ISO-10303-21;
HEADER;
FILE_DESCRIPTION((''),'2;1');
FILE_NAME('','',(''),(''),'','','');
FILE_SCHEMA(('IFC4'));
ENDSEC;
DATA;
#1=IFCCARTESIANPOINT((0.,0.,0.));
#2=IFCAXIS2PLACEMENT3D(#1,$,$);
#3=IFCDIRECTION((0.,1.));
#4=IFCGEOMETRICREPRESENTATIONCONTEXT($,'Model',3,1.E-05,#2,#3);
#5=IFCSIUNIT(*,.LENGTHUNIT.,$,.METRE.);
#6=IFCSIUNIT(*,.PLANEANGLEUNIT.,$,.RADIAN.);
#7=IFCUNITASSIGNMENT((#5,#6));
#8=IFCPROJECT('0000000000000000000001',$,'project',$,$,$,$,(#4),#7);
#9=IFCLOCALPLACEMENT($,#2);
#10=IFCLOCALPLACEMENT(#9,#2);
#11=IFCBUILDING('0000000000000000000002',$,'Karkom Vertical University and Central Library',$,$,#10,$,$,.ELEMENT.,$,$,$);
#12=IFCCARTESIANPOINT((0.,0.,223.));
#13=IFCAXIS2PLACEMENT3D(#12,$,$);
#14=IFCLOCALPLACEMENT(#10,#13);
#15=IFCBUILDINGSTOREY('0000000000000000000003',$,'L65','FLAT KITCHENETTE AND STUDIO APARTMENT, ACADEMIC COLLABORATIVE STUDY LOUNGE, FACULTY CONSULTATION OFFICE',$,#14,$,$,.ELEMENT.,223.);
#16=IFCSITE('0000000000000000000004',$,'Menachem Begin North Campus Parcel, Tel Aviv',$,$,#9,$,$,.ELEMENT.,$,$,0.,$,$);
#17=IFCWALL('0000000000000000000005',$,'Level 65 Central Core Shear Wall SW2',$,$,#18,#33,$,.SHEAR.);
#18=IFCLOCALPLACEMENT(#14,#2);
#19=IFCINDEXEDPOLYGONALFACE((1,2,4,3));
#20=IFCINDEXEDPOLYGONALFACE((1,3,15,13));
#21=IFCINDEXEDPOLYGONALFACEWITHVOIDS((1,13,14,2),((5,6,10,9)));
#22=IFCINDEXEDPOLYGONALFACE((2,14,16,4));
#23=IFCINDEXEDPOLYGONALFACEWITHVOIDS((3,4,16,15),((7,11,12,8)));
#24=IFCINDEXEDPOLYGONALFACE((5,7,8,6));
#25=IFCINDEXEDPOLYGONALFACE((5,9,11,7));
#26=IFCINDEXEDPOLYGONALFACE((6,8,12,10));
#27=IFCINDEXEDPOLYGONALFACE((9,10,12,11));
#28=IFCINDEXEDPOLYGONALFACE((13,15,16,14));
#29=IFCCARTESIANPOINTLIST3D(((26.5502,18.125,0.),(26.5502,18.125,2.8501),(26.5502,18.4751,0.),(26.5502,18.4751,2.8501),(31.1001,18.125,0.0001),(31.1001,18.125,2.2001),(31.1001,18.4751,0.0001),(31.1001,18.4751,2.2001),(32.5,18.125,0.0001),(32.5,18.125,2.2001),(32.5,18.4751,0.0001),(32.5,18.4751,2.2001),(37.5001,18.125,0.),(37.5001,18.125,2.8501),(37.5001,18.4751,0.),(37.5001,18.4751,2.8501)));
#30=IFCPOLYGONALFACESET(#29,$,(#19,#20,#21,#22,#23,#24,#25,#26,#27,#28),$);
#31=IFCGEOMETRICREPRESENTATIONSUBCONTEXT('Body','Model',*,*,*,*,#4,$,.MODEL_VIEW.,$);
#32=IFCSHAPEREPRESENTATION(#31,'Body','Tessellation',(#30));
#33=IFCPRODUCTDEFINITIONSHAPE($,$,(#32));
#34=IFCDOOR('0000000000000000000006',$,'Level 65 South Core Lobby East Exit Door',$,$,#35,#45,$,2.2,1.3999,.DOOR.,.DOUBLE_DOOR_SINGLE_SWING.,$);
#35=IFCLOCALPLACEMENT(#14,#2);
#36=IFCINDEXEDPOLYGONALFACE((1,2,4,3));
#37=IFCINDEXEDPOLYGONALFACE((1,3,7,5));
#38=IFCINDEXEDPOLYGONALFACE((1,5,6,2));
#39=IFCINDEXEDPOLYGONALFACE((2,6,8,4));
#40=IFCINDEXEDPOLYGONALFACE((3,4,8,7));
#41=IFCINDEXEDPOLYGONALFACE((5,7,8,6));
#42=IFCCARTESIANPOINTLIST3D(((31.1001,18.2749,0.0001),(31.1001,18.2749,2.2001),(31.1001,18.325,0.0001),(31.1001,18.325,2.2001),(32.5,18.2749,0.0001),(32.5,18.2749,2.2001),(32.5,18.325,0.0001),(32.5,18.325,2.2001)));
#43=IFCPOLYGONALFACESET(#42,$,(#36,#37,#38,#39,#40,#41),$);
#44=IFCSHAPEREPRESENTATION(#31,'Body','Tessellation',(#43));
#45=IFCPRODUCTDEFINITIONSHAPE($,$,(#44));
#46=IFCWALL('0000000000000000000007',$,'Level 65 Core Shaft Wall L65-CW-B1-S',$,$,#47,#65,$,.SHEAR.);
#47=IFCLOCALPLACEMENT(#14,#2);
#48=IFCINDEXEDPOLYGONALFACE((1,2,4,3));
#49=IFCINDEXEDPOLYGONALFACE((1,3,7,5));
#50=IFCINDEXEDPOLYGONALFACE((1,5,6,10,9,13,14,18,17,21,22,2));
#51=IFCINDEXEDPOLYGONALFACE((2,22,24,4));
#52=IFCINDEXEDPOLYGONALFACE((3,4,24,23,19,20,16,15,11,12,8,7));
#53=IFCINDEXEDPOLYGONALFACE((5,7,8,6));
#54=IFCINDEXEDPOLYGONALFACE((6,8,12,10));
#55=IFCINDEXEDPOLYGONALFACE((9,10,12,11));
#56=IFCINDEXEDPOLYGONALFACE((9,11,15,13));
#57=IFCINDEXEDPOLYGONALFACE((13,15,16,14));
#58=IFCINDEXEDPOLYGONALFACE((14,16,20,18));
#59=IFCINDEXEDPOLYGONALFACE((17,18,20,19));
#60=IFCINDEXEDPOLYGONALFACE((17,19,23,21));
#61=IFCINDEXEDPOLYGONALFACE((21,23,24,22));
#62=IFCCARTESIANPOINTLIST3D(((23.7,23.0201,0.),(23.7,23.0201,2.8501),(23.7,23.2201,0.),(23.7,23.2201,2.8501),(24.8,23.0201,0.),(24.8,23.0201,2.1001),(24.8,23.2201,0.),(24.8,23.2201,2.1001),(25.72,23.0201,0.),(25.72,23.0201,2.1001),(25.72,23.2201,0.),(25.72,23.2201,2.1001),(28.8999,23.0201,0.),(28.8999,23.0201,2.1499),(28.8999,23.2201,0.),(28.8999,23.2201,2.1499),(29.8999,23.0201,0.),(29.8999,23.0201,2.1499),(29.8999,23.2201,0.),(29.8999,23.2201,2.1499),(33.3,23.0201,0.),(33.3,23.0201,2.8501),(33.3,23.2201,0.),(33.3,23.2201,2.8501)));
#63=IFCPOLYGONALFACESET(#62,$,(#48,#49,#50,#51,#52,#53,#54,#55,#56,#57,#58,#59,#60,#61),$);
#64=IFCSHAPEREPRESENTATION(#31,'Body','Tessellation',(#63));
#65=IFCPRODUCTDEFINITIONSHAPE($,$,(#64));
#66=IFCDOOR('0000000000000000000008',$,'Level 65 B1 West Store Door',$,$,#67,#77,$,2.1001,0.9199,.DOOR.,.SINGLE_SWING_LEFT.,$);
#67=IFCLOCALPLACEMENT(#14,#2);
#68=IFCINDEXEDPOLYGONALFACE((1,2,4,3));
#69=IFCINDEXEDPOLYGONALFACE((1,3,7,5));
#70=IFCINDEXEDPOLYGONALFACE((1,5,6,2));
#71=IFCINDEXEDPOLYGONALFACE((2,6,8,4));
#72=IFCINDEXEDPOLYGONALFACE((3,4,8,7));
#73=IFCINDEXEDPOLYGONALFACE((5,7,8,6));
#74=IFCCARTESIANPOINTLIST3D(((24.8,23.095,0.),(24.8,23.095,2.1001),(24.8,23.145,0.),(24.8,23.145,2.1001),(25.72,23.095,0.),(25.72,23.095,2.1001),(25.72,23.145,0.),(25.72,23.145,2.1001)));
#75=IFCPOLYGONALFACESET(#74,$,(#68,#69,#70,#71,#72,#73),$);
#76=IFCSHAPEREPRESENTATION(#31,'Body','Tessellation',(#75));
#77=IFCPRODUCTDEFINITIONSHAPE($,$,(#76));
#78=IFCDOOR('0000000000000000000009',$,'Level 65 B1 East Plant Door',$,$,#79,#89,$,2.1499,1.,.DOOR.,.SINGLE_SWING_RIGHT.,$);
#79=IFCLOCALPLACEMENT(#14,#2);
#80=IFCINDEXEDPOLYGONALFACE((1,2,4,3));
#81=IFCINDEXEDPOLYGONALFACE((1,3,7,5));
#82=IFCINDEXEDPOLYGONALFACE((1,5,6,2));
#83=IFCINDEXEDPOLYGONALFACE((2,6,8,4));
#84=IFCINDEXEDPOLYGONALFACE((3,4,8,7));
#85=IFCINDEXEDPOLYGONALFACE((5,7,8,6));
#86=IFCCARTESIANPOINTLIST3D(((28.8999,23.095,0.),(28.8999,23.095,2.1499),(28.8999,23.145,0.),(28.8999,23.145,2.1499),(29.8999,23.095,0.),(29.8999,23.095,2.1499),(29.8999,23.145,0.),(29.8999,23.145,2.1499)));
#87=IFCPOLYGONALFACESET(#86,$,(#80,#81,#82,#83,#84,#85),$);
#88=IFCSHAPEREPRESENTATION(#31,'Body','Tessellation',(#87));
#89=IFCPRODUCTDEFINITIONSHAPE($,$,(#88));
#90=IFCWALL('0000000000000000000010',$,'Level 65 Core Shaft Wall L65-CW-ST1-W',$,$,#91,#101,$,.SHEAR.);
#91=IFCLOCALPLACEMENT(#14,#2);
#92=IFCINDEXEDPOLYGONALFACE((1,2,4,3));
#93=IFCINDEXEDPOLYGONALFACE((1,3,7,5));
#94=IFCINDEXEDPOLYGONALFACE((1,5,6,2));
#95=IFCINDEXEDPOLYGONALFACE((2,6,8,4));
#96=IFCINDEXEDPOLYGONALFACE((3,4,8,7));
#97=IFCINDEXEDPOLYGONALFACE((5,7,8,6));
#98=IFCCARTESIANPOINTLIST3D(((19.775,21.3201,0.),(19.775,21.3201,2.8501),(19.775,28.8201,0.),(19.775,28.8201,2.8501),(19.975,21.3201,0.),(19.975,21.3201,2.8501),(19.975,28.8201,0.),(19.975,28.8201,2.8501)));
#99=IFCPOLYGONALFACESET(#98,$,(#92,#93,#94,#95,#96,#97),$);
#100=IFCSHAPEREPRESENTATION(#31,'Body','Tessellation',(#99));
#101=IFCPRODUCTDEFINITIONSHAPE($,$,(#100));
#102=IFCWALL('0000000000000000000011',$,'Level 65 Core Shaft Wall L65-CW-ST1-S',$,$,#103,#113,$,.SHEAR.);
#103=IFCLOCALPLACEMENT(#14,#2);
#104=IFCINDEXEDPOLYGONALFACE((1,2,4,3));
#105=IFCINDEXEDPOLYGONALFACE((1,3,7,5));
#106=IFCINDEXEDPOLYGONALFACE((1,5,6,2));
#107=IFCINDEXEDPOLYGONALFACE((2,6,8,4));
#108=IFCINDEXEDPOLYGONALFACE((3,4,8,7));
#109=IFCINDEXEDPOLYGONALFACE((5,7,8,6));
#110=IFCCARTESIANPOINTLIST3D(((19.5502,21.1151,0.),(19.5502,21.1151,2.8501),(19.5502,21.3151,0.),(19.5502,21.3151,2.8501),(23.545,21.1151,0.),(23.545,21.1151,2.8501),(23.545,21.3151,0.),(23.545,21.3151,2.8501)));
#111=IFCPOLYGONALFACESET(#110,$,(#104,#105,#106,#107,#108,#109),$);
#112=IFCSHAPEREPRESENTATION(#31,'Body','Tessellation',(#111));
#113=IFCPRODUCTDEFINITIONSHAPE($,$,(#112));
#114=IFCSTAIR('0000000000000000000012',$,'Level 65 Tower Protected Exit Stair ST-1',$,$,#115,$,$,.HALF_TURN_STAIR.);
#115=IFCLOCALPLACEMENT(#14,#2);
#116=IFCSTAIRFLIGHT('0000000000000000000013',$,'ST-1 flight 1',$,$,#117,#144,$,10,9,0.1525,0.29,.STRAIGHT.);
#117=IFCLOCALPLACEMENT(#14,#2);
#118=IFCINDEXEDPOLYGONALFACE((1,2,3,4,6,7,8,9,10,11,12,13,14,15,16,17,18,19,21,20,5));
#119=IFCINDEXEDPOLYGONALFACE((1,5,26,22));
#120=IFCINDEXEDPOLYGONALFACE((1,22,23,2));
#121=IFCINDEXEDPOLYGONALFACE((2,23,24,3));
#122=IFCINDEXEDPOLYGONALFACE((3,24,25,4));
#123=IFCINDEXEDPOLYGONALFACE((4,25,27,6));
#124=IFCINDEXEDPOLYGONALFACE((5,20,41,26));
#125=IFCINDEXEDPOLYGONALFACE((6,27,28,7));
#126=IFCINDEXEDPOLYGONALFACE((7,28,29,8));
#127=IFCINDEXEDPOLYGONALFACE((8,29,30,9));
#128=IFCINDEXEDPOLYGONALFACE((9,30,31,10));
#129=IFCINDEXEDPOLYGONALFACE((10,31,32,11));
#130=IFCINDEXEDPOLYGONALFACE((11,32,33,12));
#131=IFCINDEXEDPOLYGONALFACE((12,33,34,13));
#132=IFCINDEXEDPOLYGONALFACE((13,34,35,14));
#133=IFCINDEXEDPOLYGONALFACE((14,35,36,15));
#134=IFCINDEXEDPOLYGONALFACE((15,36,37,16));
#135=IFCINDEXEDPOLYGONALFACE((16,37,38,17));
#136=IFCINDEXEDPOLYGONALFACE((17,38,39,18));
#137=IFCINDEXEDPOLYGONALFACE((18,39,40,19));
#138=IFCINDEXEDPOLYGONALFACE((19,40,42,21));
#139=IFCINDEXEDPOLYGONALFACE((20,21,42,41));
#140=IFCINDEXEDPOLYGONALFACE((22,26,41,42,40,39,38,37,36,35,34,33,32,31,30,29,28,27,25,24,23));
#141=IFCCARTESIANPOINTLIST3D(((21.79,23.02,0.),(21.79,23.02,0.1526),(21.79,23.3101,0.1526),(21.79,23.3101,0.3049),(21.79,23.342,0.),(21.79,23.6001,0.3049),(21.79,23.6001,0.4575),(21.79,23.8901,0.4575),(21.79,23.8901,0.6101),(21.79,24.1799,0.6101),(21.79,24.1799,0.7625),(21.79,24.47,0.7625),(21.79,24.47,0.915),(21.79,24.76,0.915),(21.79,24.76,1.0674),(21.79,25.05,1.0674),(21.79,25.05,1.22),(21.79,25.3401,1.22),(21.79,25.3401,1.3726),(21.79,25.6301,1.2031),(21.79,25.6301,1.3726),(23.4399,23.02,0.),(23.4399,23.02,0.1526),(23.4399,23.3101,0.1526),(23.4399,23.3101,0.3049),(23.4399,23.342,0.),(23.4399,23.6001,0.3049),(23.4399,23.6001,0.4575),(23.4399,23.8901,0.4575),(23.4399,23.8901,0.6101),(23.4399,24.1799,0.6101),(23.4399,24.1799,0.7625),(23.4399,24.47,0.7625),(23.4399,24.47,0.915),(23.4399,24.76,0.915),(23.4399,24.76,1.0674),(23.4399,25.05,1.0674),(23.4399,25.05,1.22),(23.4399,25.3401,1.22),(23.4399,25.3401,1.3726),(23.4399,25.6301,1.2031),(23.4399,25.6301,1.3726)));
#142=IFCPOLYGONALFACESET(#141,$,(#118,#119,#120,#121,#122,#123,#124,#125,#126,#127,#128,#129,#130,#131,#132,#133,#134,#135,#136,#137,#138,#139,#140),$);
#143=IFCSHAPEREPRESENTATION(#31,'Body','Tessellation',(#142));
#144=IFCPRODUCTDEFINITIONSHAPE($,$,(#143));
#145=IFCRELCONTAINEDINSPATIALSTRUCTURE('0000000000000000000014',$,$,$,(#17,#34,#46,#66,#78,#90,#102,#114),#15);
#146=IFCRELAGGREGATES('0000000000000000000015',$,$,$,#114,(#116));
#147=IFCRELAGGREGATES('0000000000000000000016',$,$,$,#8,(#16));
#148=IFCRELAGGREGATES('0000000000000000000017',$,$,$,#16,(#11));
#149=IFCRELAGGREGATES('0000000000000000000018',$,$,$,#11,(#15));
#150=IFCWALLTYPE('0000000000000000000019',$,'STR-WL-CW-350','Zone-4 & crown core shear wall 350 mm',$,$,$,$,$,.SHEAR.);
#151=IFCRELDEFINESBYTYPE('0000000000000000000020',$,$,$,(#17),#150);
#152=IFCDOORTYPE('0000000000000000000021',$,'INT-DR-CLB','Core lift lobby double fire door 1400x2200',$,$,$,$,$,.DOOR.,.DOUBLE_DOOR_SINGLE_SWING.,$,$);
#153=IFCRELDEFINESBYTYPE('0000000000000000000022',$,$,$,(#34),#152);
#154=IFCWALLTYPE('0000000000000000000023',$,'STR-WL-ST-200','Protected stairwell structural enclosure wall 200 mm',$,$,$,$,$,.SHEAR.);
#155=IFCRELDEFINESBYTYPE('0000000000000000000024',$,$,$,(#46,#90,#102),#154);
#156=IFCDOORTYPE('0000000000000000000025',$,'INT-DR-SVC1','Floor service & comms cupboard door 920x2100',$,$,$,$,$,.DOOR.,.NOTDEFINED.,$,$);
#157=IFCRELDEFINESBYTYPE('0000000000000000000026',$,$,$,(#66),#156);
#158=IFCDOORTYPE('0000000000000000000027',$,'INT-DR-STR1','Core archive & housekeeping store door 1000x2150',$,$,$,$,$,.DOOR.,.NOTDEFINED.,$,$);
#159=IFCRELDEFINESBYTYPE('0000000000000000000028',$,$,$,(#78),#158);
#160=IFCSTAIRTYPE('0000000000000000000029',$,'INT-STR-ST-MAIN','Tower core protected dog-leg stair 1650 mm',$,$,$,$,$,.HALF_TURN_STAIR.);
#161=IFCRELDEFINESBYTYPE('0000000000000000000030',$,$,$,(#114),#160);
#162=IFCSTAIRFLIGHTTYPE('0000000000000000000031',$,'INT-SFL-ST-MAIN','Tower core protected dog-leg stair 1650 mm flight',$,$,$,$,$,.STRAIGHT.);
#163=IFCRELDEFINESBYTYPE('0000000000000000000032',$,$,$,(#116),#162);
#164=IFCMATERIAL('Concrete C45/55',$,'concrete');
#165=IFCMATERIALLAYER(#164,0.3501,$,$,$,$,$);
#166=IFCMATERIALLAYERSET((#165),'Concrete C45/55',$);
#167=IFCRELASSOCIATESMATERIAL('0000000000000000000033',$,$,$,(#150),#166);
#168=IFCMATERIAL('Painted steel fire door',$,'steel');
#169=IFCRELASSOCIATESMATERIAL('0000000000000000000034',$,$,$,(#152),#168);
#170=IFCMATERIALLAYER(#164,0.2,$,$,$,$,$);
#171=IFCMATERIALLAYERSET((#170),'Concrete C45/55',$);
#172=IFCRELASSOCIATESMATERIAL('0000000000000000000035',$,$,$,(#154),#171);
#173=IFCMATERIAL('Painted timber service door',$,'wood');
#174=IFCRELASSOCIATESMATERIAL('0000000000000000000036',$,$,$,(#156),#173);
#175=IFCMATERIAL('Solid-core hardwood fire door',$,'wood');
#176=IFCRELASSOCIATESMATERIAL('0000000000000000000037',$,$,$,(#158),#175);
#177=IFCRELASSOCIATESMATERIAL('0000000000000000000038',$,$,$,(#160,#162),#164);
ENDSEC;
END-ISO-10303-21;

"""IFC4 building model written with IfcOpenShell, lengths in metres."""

from ifc_helpers import new_model, si_unit, direction, frame, frame_2d, origin, origin_with_axes, place, context, subcontext, project, spatial, polyline, rectangle, outline, extrude, source, transform, mapped, material, layer, layer_set, type_object, element, fill, aggregate, save


model = new_model("IFC4")

# Units and contexts
model_context = context("Model", 3, precision=1e-05, world=origin(), true_north=direction((0.0, 1.0)))
body_context = subcontext(model_context, "Body", "Model", "MODEL_VIEW")
ifc_project = project(units=[si_unit("LENGTHUNIT", "METRE"), si_unit("PLANEANGLEUNIT", "RADIAN")], contexts=[model_context])

# Site, building, storey
site_placement = place(None, origin())
site = spatial("IfcSite", under=ifc_project, at=site_placement, Name="Menachem Begin North Campus Parcel, Tel Aviv", CompositionType="ELEMENT", RefElevation=0.0)
building_placement = place(site_placement, origin())
building = spatial("IfcBuilding", under=site, at=building_placement, Name="Karkom Vertical University and Central Library", CompositionType="ELEMENT")
storey_placement = place(building_placement, frame((0.0, 0.0, 223.0)))
storey = spatial("IfcBuildingStorey", under=building, at=storey_placement, Name="L65", Description="FLAT KITCHENETTE AND STUDIO APARTMENT, ACADEMIC COLLABORATIVE STUDY LOUNGE, FACULTY CONSULTATION OFFICE", CompositionType="ELEMENT", Elevation=223.0)

# Shared definitions
ifc_material_1 = material(Name="Concrete C45/55", Category="concrete")

# Wall, opening, door
ifc_layer_1 = layer(ifc_material_1, 0.3501)
ifc_layer_set_1 = layer_set([ifc_layer_1], Name="Concrete C45/55")
wall_type_1 = type_object("IfcWallType", Name="STR-WL-CW-350", Description="Zone-4 & crown core shear wall 350 mm", PredefinedType="SHEAR", material=ifc_layer_set_1)
wall_1_placement = place(storey_placement, frame((26.55, 18.3, 0.0), z_axis=(0.0, 0.0, 1.0), x_axis=(1.0, 0.0, 0.0)))
wall_1 = element("IfcWall", 1, at=wall_1_placement, inside=storey, type_object=wall_type_1, Name="Level 65 Central Core Shear Wall SW2", PredefinedType="SHEAR", context=body_context, shape_type="SweptSolid", body=[
    extrude(rectangle(XDim=10.95, YDim=0.3501, at=frame_2d((5.4751, 0.0))), origin(), (0.0, 0.0, 1.0), 2.8501),
])
opening_1_placement = place(wall_1_placement, frame((4.55, 0.0, 0.0)))
opening_1 = element("IfcOpeningElement", 2, at=opening_1_placement, cuts=wall_1, PredefinedType="OPENING", context=body_context, shape_type="SweptSolid", body=[
    extrude(rectangle(XDim=1.3999, YDim=2.2, at=frame_2d((0.7, 1.1001))), frame((0.0, 0.1851, 0.0), z_axis=(0.0, -1.0, 0.0), x_axis=(1.0, 0.0, 0.0)), (0.0, 0.0, 1.0), 0.3701),
])
ifc_material_2 = material(Name="Painted steel fire door", Category="steel")
door_type_1 = type_object("IfcDoorType", Name="INT-DR-CLB", Description="Core lift lobby double fire door 1400x2200", OperationType="DOUBLE_DOOR_SINGLE_SWING", PredefinedType="DOOR", material=ifc_material_2)
shared_shape_1 = source(origin_with_axes(), body_context, "Body", "SweptSolid", [
    extrude(rectangle(XDim=1.3999, YDim=2.2, at=frame_2d((0.7, 1.1001))), frame((0.0, 0.0249, 0.0), z_axis=(0.0, -1.0, 0.0), x_axis=(1.0, 0.0, 0.0)), (0.0, 0.0, 1.0), 0.05),
])
door_1_placement = place(opening_1_placement, origin())
door_1 = element("IfcDoor", 3, at=door_1_placement, inside=storey, type_object=door_type_1, Name="Level 65 South Core Lobby East Exit Door", OperationType="DOUBLE_DOOR_SINGLE_SWING", OverallHeight=2.2, OverallWidth=1.3999, PredefinedType="DOOR", context=body_context, shape_type="MappedRepresentation", body=[
    mapped(shared_shape_1, transform((0.0, 0.0, 0.0), scale=1.0)),
])
fill(opening_1, door_1)

# Wall, openings, doors
ifc_layer_2 = layer(ifc_material_1, 0.2)
ifc_layer_set_2 = layer_set([ifc_layer_2], Name="Concrete C45/55")
wall_type_2 = type_object("IfcWallType", Name="STR-WL-ST-200", Description="Protected stairwell structural enclosure wall 200 mm", PredefinedType="SHEAR", material=ifc_layer_set_2)
wall_2_placement = place(storey_placement, frame((23.7, 23.1201, 0.0), z_axis=(0.0, 0.0, 1.0), x_axis=(1.0, 0.0, 0.0)))
wall_2 = element("IfcWall", 4, at=wall_2_placement, inside=storey, type_object=wall_type_2, Name="Level 65 Core Shaft Wall L65-CW-B1-S", PredefinedType="SHEAR", context=body_context, shape_type="SweptSolid", body=[
    extrude(rectangle(XDim=9.6001, YDim=0.2, at=frame_2d((4.8, 0.0))), origin(), (0.0, 0.0, 1.0), 2.8501),
])
opening_2_placement = place(wall_2_placement, frame((1.1001, 0.0, 0.0)))
opening_2 = element("IfcOpeningElement", 5, at=opening_2_placement, cuts=wall_2, PredefinedType="OPENING", context=body_context, shape_type="SweptSolid", body=[
    extrude(rectangle(XDim=0.9199, YDim=2.1001, at=frame_2d((0.46, 1.05))), frame((0.0, 0.1099, 0.0), z_axis=(0.0, -1.0, 0.0), x_axis=(1.0, 0.0, 0.0)), (0.0, 0.0, 1.0), 0.22),
])
opening_3_placement = place(wall_2_placement, frame((5.2, 0.0, 0.0)))
opening_3 = element("IfcOpeningElement", 6, at=opening_3_placement, cuts=wall_2, PredefinedType="OPENING", context=body_context, shape_type="SweptSolid", body=[
    extrude(rectangle(XDim=1.0, YDim=2.1499, at=frame_2d((0.5, 1.075))), frame((0.0, 0.1099, 0.0), z_axis=(0.0, -1.0, 0.0), x_axis=(1.0, 0.0, 0.0)), (0.0, 0.0, 1.0), 0.22),
])
ifc_material_3 = material(Name="Painted timber service door", Category="wood")
door_type_2 = type_object("IfcDoorType", Name="INT-DR-SVC1", Description="Floor service & comms cupboard door 920x2100", OperationType="NOTDEFINED", PredefinedType="DOOR", material=ifc_material_3)
shared_shape_2 = source(origin_with_axes(), body_context, "Body", "SweptSolid", [
    extrude(rectangle(XDim=0.9199, YDim=2.1001, at=frame_2d((0.46, 1.05))), frame((0.0, 0.0249, 0.0), z_axis=(0.0, -1.0, 0.0), x_axis=(1.0, 0.0, 0.0)), (0.0, 0.0, 1.0), 0.05),
])
door_2_placement = place(opening_2_placement, origin())
door_2 = element("IfcDoor", 7, at=door_2_placement, inside=storey, type_object=door_type_2, Name="Level 65 B1 West Store Door", OperationType="SINGLE_SWING_LEFT", OverallHeight=2.1001, OverallWidth=0.9199, PredefinedType="DOOR", context=body_context, shape_type="MappedRepresentation", body=[
    mapped(shared_shape_2, transform((0.0, 0.0, 0.0), scale=1.0)),
])
fill(opening_2, door_2)
ifc_material_4 = material(Name="Solid-core hardwood fire door", Category="wood")
door_type_3 = type_object("IfcDoorType", Name="INT-DR-STR1", Description="Core archive & housekeeping store door 1000x2150", OperationType="NOTDEFINED", PredefinedType="DOOR", material=ifc_material_4)
shared_shape_3 = source(origin_with_axes(), body_context, "Body", "SweptSolid", [
    extrude(rectangle(XDim=1.0, YDim=2.1499, at=frame_2d((0.5, 1.075))), frame((0.0, 0.0249, 0.0), z_axis=(0.0, -1.0, 0.0), x_axis=(1.0, 0.0, 0.0)), (0.0, 0.0, 1.0), 0.05),
])
door_3_placement = place(opening_3_placement, origin())
door_3 = element("IfcDoor", 8, at=door_3_placement, inside=storey, type_object=door_type_3, Name="Level 65 B1 East Plant Door", OperationType="SINGLE_SWING_RIGHT", OverallHeight=2.1499, OverallWidth=1.0, PredefinedType="DOOR", context=body_context, shape_type="MappedRepresentation", body=[
    mapped(shared_shape_3, transform((0.0, 0.0, 0.0), scale=1.0)),
])
fill(opening_3, door_3)

# Walls
wall_3_placement = place(storey_placement, frame((19.875, 21.3201, 0.0), z_axis=(0.0, 0.0, 1.0), x_axis=(0.0, 1.0, 0.0)))
element("IfcWall", 9, at=wall_3_placement, inside=storey, type_object=wall_type_2, Name="Level 65 Core Shaft Wall L65-CW-ST1-W", PredefinedType="SHEAR", context=body_context, shape_type="SweptSolid", body=[
    extrude(rectangle(XDim=7.5, YDim=0.2, at=frame_2d((3.75, 0.0))), origin(), (0.0, 0.0, 1.0), 2.8501),
])
wall_4_placement = place(storey_placement, frame((19.55, 21.2151, 0.0), z_axis=(0.0, 0.0, 1.0), x_axis=(1.0, 0.0, 0.0)))
element("IfcWall", 10, at=wall_4_placement, inside=storey, type_object=wall_type_2, Name="Level 65 Core Shaft Wall L65-CW-ST1-S", PredefinedType="SHEAR", context=body_context, shape_type="SweptSolid", body=[
    extrude(rectangle(XDim=3.9949, YDim=0.2, at=frame_2d((1.9976, 0.0))), origin(), (0.0, 0.0, 1.0), 2.8501),
])

# Stair, stair flight
stair_type = type_object("IfcStairType", Name="INT-STR-ST-MAIN", Description="Tower core protected dog-leg stair 1650 mm", PredefinedType="HALF_TURN_STAIR", material=ifc_material_1)
stair_placement = place(storey_placement, origin())
stair = element("IfcStair", 11, at=stair_placement, inside=storey, type_object=stair_type, Name="Level 65 Tower Protected Exit Stair ST-1", PredefinedType="HALF_TURN_STAIR")
stair_flight_type = type_object("IfcStairFlightType", Name="INT-SFL-ST-MAIN", Description="Tower core protected dog-leg stair 1650 mm flight", PredefinedType="STRAIGHT", material=ifc_material_1)
stair_flight_placement = place(storey_placement, frame((22.615, 23.02, 0.0), z_axis=(0.0, 0.0, 1.0), x_axis=(0.0, 1.0, 0.0)))
stair_flight = element("IfcStairFlight", 12, at=stair_flight_placement, type_object=stair_flight_type, Name="ST-1 flight 1", NumberOfRisers=10, NumberOfTreads=9, PredefinedType="STRAIGHT", RiserHeight=0.1525, TreadLength=0.29, context=body_context, shape_type="SweptSolid", body=[
    extrude(outline(polyline([(0.0, 0.0), (0.0, 0.1526), (0.29, 0.1526), (0.29, 0.3049), (0.5801, 0.3049), (0.5801, 0.4575), (0.8701, 0.4575), (0.8701, 0.6101), (1.1599, 0.6101), (1.1599, 0.7625), (1.45, 0.7625), (1.45, 0.915), (1.74, 0.915), (1.74, 1.0674), (2.03, 1.0674), (2.03, 1.22), (2.3201, 1.22), (2.3201, 1.3726), (2.6101, 1.3726), (2.6101, 1.5249), (2.6101, 1.2031), (0.322, 0.0), (0.0, 0.0)])), frame((0.0, 0.825, 0.0), z_axis=(0.0, -1.0, 0.0), x_axis=(1.0, 0.0, 0.0)), (0.0, 0.0, 1.0), 1.6499),
])
aggregate(stair, [stair_flight])

save(model, "model.ifc")
